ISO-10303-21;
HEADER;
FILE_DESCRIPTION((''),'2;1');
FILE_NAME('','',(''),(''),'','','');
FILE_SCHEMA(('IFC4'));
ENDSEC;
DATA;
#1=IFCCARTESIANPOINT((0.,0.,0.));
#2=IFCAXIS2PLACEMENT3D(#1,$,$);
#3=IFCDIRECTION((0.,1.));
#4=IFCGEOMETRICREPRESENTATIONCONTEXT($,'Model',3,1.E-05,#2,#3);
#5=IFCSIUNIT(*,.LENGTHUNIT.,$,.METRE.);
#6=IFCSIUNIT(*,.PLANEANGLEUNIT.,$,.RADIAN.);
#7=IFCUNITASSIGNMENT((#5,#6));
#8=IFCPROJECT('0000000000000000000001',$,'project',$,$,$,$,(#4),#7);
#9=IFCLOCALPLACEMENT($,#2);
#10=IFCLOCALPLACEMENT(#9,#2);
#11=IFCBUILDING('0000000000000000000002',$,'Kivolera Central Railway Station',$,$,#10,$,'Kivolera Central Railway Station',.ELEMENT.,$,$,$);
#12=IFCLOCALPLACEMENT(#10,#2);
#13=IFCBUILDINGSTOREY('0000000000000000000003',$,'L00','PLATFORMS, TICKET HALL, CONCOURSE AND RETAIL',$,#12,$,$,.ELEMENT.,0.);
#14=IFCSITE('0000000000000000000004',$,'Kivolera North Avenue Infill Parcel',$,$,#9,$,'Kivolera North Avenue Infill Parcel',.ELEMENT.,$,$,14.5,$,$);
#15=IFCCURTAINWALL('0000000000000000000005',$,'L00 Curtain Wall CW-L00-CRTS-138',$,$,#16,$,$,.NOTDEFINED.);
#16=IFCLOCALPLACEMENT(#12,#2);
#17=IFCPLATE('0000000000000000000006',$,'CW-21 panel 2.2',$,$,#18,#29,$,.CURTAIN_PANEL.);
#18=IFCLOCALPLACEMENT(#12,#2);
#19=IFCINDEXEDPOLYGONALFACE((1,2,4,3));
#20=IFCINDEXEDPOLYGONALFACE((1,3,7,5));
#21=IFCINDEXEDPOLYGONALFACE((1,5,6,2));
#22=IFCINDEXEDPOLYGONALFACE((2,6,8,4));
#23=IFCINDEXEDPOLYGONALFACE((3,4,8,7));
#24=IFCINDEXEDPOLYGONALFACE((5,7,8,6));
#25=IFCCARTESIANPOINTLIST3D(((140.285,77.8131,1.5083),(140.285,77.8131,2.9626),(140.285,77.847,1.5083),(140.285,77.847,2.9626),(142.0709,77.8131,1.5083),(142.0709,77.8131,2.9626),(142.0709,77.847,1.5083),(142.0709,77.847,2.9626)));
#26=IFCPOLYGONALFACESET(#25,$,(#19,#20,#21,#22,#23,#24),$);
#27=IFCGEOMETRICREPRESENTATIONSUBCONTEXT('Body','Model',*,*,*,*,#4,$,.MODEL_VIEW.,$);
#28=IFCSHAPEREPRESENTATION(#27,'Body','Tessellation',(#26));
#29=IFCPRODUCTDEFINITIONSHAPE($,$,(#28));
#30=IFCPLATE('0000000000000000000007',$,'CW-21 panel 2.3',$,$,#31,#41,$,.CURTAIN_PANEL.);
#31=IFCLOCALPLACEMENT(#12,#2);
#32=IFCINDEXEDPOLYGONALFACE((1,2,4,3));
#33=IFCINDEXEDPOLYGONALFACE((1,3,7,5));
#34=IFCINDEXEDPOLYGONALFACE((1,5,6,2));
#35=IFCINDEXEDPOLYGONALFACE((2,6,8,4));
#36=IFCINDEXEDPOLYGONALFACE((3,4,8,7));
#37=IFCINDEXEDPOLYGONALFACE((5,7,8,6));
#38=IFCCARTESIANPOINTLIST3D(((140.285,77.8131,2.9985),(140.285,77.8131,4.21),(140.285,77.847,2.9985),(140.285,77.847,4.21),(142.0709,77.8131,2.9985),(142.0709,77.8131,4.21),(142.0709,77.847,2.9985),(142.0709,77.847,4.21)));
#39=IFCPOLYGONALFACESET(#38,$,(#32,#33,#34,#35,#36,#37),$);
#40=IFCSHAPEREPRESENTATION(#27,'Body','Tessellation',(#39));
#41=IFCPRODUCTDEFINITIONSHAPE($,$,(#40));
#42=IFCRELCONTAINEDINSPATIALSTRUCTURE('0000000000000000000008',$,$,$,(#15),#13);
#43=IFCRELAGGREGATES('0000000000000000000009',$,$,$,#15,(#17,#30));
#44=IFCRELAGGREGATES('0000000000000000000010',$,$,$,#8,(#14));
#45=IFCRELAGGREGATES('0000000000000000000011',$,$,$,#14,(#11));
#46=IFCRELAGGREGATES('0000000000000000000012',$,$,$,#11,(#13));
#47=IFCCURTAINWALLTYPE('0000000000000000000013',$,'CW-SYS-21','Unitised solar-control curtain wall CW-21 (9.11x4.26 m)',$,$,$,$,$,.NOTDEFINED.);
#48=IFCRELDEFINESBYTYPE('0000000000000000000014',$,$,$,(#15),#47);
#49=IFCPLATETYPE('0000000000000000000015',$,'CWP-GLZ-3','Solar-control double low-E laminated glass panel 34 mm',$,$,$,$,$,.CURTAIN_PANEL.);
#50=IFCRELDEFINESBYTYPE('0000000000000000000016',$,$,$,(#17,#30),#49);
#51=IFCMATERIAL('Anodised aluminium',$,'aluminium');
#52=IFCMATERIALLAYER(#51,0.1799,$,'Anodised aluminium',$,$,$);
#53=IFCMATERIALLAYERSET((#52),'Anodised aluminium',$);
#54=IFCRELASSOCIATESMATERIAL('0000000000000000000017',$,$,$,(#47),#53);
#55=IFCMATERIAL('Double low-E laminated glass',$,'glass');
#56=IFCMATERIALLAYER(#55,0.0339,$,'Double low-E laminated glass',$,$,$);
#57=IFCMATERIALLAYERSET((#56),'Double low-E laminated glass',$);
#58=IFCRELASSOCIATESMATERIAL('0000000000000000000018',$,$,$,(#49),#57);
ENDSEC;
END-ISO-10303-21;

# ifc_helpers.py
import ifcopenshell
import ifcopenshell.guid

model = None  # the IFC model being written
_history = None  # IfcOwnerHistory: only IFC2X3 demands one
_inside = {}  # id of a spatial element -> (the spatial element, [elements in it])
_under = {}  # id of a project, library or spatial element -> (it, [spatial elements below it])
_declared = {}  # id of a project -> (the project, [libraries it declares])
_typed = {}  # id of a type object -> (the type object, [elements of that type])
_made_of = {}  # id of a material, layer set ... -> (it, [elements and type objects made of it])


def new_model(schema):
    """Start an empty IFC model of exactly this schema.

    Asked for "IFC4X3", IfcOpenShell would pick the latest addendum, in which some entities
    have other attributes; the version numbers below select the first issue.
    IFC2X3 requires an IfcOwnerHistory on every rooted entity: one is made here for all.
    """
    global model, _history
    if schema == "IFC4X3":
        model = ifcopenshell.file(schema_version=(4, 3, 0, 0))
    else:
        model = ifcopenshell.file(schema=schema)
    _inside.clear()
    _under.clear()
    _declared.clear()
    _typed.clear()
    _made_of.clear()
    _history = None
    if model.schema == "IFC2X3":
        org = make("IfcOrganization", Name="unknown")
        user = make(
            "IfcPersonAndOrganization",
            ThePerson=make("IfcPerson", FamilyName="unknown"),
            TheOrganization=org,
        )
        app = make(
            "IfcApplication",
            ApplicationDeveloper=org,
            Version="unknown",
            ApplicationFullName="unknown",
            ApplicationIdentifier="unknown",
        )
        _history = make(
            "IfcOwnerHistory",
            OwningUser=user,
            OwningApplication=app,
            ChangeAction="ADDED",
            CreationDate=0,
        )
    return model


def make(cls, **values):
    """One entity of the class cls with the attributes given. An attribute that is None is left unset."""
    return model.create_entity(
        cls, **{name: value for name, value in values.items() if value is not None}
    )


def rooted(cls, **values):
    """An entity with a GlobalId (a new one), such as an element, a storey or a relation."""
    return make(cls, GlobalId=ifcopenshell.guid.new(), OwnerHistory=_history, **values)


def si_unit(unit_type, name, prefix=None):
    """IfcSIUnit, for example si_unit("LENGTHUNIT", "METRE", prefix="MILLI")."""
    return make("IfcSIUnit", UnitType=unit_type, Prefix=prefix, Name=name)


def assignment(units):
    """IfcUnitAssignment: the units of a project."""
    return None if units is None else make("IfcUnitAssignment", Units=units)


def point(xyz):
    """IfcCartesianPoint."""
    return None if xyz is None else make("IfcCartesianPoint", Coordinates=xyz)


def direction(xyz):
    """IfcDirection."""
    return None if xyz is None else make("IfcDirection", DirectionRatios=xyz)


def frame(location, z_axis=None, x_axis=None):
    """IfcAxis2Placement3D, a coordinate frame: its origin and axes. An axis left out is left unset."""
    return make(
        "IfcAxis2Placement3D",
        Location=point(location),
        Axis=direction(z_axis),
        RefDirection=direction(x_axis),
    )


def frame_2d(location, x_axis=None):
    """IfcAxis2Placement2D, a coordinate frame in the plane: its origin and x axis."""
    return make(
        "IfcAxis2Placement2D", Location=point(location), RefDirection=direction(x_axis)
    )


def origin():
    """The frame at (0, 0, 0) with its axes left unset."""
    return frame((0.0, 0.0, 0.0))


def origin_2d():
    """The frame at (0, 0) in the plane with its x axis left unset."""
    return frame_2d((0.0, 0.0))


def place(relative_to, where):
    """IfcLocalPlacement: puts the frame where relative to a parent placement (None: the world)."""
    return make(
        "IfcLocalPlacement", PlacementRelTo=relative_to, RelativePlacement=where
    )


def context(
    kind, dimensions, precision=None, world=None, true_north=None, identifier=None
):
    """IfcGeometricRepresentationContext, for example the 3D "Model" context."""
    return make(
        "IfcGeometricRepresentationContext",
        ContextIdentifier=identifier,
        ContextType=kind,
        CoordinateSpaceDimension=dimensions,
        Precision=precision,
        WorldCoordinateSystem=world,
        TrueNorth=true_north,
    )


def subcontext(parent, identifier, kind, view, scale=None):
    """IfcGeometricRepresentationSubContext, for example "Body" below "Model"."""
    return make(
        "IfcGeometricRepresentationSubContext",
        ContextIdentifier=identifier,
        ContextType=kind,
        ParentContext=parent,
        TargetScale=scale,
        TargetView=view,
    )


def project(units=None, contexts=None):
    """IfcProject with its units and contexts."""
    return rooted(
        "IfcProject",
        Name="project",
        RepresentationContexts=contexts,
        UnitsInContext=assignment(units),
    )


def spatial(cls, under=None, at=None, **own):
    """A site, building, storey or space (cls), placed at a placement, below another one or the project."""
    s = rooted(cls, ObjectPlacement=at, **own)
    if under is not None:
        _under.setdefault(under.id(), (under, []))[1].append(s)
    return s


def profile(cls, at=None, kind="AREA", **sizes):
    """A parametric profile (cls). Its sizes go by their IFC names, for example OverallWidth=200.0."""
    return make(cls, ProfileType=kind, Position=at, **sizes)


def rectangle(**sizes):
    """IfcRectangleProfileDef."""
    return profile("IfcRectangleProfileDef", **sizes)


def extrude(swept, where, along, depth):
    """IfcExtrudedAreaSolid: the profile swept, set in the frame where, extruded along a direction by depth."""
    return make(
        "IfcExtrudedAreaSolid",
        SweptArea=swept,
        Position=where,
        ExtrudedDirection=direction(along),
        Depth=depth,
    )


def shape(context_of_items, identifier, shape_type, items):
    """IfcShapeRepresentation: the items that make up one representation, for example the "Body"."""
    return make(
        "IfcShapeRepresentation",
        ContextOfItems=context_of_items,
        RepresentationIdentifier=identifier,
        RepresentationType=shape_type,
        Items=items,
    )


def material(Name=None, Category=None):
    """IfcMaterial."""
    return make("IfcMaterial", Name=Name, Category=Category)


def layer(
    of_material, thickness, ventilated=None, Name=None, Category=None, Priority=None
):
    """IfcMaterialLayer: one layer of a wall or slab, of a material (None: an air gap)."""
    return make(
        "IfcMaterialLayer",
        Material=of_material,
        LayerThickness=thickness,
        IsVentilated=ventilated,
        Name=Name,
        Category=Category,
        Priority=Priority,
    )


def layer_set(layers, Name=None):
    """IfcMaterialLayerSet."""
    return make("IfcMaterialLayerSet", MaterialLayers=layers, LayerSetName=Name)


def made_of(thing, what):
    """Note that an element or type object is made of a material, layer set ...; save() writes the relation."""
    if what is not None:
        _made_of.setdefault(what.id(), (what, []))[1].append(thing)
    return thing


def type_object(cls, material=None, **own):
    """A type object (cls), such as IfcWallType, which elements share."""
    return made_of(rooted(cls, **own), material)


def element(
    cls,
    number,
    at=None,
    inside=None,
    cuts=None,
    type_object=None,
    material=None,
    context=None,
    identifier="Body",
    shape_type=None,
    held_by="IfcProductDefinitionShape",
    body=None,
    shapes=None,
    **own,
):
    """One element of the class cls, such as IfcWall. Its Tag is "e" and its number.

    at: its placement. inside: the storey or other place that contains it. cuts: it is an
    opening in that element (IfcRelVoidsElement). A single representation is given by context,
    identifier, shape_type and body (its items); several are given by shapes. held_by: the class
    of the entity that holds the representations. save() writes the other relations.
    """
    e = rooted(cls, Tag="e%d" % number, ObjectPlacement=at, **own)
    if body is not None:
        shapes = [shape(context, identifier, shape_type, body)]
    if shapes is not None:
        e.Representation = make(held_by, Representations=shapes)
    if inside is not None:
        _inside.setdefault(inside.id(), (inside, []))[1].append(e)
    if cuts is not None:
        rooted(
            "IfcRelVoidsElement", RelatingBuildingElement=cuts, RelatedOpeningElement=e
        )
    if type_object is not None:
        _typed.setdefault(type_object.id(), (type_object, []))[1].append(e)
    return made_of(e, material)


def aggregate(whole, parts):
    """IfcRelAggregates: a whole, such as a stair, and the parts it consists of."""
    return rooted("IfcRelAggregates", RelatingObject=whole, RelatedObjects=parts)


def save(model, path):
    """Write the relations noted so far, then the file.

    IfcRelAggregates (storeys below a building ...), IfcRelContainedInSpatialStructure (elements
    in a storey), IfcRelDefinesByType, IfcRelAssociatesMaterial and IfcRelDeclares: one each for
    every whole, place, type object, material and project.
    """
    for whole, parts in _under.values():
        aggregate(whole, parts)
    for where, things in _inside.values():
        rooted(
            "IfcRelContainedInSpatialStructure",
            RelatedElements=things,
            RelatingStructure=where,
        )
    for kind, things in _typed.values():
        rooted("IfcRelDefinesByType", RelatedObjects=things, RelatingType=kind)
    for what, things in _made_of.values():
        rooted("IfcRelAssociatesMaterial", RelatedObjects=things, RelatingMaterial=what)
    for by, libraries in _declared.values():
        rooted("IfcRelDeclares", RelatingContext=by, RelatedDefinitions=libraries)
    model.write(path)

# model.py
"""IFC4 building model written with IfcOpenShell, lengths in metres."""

from ifc_helpers import new_model, si_unit, direction, frame, origin, origin_2d, place, context, subcontext, project, spatial, rectangle, extrude, material, layer, layer_set, type_object, element, aggregate, save


model = new_model("IFC4")

# Units and contexts
model_context = context("Model", 3, precision=1e-05, world=origin(), true_north=direction((0.0, 1.0)))
body_context = subcontext(model_context, "Body", "Model", "MODEL_VIEW")
ifc_project = project(units=[si_unit("LENGTHUNIT", "METRE"), si_unit("PLANEANGLEUNIT", "RADIAN")], contexts=[model_context])

# Site, building, storey
site_placement = place(None, origin())
site = spatial("IfcSite", under=ifc_project, at=site_placement, Name="Kivolera North Avenue Infill Parcel", LongName="Kivolera North Avenue Infill Parcel", CompositionType="ELEMENT", RefElevation=14.5)
building_placement = place(site_placement, origin())
building = spatial("IfcBuilding", under=site, at=building_placement, Name="Kivolera Central Railway Station", LongName="Kivolera Central Railway Station", CompositionType="ELEMENT")
storey_placement = place(building_placement, origin())
storey = spatial("IfcBuildingStorey", under=building, at=storey_placement, Name="L00", Description="PLATFORMS, TICKET HALL, CONCOURSE AND RETAIL", CompositionType="ELEMENT", Elevation=0.0)

# Curtain wall, plates
ifc_material_1 = material(Name="Anodised aluminium", Category="aluminium")
ifc_layer_1 = layer(ifc_material_1, 0.1799, Name="Anodised aluminium")
ifc_layer_set_1 = layer_set([ifc_layer_1], Name="Anodised aluminium")
curtain_wall_type = type_object("IfcCurtainWallType", Name="CW-SYS-21", Description="Unitised solar-control curtain wall CW-21 (9.11x4.26 m)", PredefinedType="NOTDEFINED", material=ifc_layer_set_1)
curtain_wall_placement = place(storey_placement, origin())
curtain_wall = element("IfcCurtainWall", 1, at=curtain_wall_placement, inside=storey, type_object=curtain_wall_type, Name="L00 Curtain Wall CW-L00-CRTS-138", PredefinedType="NOTDEFINED")
ifc_material_2 = material(Name="Double low-E laminated glass", Category="glass")
ifc_layer_2 = layer(ifc_material_2, 0.0339, Name="Double low-E laminated glass")
ifc_layer_set_2 = layer_set([ifc_layer_2], Name="Double low-E laminated glass")
plate_type = type_object("IfcPlateType", Name="CWP-GLZ-3", Description="Solar-control double low-E laminated glass panel 34 mm", PredefinedType="CURTAIN_PANEL", material=ifc_layer_set_2)
plate_1_placement = place(storey_placement, frame((141.178, 77.8301, 1.5083), z_axis=(0.0, 0.0, 1.0), x_axis=(1.0, 0.0, 0.0)))
plate_1 = element("IfcPlate", 2, at=plate_1_placement, type_object=plate_type, Name="CW-21 panel 2.2", PredefinedType="CURTAIN_PANEL", context=body_context, shape_type="SweptSolid", body=[
    extrude(rectangle(XDim=1.7859, YDim=0.0339, at=origin_2d()), origin(), (0.0, 0.0, 1.0), 1.4543),
])
plate_2_placement = place(storey_placement, frame((141.178, 77.8301, 2.9985), z_axis=(0.0, 0.0, 1.0), x_axis=(1.0, 0.0, 0.0)))
plate_2 = element("IfcPlate", 3, at=plate_2_placement, type_object=plate_type, Name="CW-21 panel 2.3", PredefinedType="CURTAIN_PANEL", context=body_context, shape_type="SweptSolid", body=[
    extrude(rectangle(XDim=1.7859, YDim=0.0339, at=origin_2d()), origin(), (0.0, 0.0, 1.0), 1.2114),
])
aggregate(curtain_wall, [plate_1, plate_2])

save(model, "model.ifc")
